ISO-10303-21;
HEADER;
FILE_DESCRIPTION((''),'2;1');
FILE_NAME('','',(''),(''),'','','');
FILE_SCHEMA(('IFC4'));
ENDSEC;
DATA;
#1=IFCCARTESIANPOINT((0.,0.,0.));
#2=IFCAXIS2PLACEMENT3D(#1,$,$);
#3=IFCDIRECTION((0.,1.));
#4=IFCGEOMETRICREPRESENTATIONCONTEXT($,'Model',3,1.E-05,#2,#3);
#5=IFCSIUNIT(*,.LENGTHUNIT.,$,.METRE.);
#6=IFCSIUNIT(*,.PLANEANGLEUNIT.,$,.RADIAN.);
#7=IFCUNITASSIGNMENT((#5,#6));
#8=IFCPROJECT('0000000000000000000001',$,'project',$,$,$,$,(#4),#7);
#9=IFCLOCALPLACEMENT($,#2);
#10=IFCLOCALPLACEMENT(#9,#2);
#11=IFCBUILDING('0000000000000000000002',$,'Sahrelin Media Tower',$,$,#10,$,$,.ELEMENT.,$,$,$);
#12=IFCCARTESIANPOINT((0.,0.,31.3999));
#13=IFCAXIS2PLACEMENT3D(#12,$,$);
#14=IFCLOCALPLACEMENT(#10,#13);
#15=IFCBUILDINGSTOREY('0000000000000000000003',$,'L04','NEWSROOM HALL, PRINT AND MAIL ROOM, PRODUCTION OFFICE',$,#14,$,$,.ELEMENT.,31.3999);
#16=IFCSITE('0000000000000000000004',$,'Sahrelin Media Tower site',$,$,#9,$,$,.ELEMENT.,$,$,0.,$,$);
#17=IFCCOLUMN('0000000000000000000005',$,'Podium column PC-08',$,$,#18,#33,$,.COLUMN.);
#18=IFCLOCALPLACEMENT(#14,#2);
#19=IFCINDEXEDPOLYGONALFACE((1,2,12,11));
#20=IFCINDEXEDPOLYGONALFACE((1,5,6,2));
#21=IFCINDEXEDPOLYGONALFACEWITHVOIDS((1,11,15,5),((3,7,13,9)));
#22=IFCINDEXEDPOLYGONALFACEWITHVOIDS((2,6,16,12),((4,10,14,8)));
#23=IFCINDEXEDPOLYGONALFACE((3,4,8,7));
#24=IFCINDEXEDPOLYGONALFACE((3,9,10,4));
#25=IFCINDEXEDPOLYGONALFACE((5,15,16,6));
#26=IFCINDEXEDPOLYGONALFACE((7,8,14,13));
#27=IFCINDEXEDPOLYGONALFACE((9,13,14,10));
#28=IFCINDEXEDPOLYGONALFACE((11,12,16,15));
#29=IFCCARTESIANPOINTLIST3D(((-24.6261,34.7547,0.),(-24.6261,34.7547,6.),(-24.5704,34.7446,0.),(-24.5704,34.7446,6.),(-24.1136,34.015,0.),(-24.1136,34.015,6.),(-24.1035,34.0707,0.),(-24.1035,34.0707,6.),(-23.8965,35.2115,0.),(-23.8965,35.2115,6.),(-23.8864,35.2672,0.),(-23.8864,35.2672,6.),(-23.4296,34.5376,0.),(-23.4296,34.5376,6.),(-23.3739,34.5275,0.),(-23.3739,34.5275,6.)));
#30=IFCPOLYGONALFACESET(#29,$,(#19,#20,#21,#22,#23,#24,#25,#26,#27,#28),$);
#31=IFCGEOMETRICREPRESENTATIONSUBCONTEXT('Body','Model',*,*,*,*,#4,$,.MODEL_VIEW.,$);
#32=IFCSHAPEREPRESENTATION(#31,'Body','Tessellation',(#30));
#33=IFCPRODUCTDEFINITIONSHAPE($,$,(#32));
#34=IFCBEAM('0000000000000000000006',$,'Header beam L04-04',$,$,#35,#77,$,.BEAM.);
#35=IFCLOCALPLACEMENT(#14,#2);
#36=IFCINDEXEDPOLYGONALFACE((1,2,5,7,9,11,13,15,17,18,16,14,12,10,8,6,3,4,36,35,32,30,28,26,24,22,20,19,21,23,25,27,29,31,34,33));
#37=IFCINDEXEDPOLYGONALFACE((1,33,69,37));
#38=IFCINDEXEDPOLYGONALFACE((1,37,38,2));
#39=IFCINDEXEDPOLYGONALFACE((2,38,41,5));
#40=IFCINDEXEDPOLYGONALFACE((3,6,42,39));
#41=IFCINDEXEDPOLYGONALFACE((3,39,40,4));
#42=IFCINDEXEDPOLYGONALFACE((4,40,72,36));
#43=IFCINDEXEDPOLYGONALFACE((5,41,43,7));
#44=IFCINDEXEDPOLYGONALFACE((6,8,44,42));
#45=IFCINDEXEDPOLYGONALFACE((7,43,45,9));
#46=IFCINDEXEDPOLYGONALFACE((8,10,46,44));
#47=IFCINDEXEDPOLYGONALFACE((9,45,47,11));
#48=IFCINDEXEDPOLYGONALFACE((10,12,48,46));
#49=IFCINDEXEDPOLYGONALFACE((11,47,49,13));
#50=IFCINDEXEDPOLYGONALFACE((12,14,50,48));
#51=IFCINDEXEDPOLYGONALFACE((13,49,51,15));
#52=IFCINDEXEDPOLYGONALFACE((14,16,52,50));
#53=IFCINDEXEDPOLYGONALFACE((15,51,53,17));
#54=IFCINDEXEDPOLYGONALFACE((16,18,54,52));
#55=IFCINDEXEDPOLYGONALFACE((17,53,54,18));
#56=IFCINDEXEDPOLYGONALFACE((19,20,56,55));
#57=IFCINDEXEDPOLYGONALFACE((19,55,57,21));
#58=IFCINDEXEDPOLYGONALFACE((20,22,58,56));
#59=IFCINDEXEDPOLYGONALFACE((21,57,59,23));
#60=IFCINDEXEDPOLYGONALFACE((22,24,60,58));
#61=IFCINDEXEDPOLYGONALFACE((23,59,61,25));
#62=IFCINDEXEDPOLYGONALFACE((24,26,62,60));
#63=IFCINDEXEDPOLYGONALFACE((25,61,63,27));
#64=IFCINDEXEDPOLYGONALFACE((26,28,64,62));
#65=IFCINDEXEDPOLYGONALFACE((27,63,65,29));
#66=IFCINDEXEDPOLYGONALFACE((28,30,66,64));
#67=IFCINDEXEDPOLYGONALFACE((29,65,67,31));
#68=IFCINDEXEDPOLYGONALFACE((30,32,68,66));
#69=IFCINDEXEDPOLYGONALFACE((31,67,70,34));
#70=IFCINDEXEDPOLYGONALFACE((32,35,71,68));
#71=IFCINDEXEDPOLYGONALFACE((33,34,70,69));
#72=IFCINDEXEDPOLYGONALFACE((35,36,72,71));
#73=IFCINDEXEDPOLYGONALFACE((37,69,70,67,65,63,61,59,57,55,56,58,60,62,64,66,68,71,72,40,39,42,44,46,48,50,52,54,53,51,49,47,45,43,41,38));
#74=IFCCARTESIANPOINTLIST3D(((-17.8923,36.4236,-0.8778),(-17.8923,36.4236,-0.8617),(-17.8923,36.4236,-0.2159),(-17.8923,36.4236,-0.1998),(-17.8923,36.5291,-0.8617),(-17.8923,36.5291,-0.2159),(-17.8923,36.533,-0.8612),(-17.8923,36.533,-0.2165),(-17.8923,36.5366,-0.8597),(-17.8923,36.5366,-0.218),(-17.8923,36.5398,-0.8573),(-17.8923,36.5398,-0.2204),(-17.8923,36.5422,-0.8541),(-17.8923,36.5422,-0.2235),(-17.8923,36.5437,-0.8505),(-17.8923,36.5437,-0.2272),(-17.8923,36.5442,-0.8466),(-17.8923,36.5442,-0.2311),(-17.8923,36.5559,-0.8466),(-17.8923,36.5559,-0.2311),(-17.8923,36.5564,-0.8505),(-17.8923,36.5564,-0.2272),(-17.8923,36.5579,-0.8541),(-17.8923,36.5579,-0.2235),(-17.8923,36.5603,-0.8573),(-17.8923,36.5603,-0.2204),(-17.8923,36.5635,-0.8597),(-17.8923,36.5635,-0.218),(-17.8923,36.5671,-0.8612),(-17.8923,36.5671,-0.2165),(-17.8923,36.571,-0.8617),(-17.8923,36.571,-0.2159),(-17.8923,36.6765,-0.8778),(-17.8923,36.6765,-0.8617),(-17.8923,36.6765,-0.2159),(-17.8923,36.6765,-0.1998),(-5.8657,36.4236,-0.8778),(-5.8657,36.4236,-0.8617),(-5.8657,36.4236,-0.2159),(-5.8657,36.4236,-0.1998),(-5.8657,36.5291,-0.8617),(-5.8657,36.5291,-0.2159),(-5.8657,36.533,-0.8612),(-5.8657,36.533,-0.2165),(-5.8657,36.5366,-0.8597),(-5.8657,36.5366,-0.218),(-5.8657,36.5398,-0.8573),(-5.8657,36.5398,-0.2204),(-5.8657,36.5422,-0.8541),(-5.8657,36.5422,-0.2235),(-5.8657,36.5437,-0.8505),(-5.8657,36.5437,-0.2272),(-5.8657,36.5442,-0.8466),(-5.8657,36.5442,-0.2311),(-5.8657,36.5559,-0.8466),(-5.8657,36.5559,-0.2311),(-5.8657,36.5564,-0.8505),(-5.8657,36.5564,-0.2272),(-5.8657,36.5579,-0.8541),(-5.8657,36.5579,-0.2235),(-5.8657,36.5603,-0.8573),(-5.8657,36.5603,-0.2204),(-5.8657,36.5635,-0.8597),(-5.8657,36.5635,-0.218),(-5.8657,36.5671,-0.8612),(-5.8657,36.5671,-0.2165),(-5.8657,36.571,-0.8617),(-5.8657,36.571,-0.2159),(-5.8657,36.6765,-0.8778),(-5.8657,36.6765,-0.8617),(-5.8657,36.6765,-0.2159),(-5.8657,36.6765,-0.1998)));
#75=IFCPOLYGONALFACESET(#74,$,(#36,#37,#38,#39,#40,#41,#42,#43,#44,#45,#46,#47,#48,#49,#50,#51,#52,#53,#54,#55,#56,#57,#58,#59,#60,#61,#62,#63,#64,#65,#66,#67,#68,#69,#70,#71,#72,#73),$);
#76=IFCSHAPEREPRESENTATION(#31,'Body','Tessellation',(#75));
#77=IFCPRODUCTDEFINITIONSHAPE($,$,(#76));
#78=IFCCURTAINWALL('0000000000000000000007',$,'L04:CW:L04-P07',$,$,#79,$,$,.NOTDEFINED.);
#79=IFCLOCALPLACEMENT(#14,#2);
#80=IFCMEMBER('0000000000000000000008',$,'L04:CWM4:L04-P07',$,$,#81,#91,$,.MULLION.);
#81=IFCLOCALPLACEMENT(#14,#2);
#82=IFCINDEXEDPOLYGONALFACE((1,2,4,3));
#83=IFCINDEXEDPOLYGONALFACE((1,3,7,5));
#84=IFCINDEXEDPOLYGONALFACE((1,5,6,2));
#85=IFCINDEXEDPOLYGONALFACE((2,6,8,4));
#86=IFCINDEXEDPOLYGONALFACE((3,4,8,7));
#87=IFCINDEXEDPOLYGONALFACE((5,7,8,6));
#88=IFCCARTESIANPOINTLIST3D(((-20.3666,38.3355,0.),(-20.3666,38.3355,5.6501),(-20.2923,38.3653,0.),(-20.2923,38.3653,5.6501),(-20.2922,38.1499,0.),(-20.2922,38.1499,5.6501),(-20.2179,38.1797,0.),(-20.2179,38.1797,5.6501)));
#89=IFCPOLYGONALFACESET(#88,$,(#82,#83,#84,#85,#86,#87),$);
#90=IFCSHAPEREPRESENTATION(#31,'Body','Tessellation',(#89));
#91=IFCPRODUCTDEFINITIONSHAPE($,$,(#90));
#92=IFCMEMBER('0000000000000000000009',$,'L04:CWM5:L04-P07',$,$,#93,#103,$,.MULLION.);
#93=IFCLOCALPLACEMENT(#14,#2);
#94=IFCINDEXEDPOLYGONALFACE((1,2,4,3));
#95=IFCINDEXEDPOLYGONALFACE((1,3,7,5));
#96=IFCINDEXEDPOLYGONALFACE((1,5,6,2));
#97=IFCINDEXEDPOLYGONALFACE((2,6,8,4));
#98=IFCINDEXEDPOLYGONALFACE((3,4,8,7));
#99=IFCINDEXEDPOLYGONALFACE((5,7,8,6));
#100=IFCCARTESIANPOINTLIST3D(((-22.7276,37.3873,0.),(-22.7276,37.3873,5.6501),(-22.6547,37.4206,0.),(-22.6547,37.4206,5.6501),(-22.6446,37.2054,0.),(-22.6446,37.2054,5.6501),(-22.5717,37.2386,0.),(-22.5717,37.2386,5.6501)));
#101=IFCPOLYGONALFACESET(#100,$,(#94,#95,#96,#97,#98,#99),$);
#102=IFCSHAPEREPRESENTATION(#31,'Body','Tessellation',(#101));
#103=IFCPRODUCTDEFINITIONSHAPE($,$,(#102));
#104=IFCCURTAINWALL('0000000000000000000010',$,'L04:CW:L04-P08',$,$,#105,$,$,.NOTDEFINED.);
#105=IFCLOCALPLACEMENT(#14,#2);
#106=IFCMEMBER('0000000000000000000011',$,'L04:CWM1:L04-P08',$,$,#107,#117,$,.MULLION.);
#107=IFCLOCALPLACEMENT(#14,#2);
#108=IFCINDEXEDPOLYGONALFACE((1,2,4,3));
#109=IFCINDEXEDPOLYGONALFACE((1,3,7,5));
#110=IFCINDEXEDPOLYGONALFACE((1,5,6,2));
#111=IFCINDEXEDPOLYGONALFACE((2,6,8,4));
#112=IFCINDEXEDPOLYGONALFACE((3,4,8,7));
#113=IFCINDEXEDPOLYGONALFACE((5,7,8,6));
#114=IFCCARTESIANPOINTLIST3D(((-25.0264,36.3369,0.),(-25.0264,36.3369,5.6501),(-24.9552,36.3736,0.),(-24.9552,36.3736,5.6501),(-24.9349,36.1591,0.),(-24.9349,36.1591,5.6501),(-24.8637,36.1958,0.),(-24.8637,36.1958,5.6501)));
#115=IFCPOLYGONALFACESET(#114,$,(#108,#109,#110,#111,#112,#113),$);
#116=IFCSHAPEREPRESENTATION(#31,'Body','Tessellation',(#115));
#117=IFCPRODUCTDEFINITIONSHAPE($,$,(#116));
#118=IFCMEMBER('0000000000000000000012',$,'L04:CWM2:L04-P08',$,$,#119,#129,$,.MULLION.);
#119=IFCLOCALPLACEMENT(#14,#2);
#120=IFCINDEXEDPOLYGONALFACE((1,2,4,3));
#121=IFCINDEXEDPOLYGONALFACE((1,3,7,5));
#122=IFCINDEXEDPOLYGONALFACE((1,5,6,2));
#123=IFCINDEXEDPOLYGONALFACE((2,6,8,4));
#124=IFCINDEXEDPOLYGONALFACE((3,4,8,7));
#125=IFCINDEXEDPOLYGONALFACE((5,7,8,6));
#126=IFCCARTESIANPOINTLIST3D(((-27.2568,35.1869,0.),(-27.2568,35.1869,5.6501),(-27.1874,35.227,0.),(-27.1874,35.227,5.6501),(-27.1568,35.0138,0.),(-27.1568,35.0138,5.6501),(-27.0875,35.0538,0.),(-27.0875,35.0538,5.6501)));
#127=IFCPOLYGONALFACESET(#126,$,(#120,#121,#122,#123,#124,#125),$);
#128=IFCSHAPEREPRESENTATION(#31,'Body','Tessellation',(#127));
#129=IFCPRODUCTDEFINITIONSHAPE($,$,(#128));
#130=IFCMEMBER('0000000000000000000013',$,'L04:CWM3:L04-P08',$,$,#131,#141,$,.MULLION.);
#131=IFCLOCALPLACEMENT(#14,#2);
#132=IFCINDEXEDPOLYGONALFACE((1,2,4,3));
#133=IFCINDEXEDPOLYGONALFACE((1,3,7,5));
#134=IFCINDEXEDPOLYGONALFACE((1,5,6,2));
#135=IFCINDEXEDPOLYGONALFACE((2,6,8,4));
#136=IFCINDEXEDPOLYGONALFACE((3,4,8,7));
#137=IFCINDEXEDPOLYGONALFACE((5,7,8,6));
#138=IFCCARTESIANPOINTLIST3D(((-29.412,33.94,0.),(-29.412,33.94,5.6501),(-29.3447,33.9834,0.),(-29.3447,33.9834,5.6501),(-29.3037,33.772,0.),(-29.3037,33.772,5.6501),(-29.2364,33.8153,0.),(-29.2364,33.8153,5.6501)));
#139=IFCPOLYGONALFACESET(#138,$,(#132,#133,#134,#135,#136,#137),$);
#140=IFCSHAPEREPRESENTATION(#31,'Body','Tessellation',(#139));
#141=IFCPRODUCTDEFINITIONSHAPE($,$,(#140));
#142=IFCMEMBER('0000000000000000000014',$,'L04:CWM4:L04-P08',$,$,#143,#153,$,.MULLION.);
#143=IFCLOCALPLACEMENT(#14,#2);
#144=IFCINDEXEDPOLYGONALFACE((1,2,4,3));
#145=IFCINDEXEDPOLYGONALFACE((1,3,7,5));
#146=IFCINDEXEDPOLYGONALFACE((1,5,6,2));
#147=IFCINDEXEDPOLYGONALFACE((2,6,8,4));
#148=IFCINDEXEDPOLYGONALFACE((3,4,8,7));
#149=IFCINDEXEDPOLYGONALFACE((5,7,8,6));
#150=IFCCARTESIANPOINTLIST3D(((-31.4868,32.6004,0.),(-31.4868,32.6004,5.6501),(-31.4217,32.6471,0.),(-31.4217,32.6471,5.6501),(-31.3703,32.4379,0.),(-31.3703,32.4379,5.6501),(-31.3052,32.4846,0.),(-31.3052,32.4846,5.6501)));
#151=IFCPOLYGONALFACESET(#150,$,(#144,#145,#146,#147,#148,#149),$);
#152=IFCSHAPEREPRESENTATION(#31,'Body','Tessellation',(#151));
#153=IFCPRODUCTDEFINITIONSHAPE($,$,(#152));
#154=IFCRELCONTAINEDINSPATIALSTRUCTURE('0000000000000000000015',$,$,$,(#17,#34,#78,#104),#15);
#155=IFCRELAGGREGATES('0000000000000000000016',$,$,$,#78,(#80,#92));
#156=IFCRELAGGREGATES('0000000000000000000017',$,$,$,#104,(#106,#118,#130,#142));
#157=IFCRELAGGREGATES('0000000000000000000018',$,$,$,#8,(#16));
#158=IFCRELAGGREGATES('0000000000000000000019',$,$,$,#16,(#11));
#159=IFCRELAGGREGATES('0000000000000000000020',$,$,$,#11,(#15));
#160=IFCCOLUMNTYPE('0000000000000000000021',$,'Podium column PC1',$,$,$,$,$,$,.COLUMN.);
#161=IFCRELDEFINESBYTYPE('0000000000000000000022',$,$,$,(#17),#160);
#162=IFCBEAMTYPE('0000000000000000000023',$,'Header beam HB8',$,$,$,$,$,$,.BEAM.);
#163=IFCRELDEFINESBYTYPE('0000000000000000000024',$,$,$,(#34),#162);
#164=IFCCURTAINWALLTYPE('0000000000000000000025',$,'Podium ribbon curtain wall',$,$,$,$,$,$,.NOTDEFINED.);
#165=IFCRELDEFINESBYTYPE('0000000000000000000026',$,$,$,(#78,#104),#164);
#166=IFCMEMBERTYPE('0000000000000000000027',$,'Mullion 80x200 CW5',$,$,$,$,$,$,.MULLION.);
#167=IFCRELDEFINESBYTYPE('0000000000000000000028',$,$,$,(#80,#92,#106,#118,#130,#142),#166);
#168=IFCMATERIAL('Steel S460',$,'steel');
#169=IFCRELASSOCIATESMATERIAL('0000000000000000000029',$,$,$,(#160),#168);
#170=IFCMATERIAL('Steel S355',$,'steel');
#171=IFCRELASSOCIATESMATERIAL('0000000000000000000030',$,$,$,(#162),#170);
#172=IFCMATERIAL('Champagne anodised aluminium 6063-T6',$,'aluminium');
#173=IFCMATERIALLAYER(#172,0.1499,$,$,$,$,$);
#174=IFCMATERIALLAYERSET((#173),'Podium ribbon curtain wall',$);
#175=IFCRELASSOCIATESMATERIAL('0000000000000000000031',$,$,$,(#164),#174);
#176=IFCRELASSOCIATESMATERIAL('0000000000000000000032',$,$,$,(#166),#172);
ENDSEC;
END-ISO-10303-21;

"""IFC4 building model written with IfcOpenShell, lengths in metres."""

from ifc_helpers import new_model, si_unit, direction, frame, origin, origin_2d, place, context, subcontext, project, spatial, rectangle, hollow_rectangle, i_section, extrude, material, layer, layer_set, material_profile, profile_set, type_object, element, aggregate, save


model = new_model("IFC4")

# Units and contexts
model_context = context("Model", 3, precision=1e-05, world=origin(), true_north=direction((0.0, 1.0)))
body_context = subcontext(model_context, "Body", "Model", "MODEL_VIEW")
ifc_project = project(units=[si_unit("LENGTHUNIT", "METRE"), si_unit("PLANEANGLEUNIT", "RADIAN")], contexts=[model_context])

# Site, building, storey
site_placement = place(None, origin())
site = spatial("IfcSite", under=ifc_project, at=site_placement, Name="Sahrelin Media Tower site", CompositionType="ELEMENT", RefElevation=0.0)
building_placement = place(site_placement, origin())
building = spatial("IfcBuilding", under=site, at=building_placement, Name="Sahrelin Media Tower", CompositionType="ELEMENT")
storey_placement = place(building_placement, frame((0.0, 0.0, 31.3999)))
storey = spatial("IfcBuildingStorey", under=building, at=storey_placement, Name="L04", Description="NEWSROOM HALL, PRINT AND MAIL ROOM, PRODUCTION OFFICE", CompositionType="ELEMENT", Elevation=31.3999)

# Column
ifc_material_1 = material(Name="Steel S460", Category="steel")
ifc_material_profile_1 = material_profile(ifc_material_1, hollow_rectangle(XDim=0.8999, YDim=0.8999, WallThickness=0.04, at=origin_2d()), Name="Podium column PC1")
ifc_profile_set_1 = profile_set([ifc_material_profile_1], Name="Steel S460")
column_type = type_object("IfcColumnType", Name="Podium column PC1", PredefinedType="COLUMN", material=ifc_profile_set_1)
column_placement = place(storey_placement, frame((-24.0, 34.6411, 0.0), z_axis=(0.0, 0.0, 1.0), x_axis=(-0.569495, 0.821995, 0.0)))
element("IfcColumn", 1, at=column_placement, inside=storey, type_object=column_type, Name="Podium column PC-08", PredefinedType="COLUMN", context=body_context, shape_type="SweptSolid", body=[
    extrude(hollow_rectangle(XDim=0.8999, YDim=0.8999, WallThickness=0.04, at=origin_2d()), origin(), (0.0, 0.0, 1.0), 6.0),
])

# Beam
ifc_material_2 = material(Name="Steel S355", Category="steel")
ifc_material_profile_2 = material_profile(ifc_material_2, i_section(OverallWidth=0.2529, OverallDepth=0.678, WebThickness=0.0117, FlangeThickness=0.0161, FilletRadius=0.0151, at=origin_2d()), Name="UB 686x254x125")
ifc_profile_set_2 = profile_set([ifc_material_profile_2], Name="Steel S355")
beam_type_1 = type_object("IfcBeamType", Name="Header beam HB8", PredefinedType="BEAM", material=ifc_profile_set_2)
beam_1_placement = place(storey_placement, frame((-17.8923, 36.55, -0.5388), z_axis=(1.0, 0.0, 0.0), x_axis=(0.0, 1.0, 0.0)))
element("IfcBeam", 2, at=beam_1_placement, inside=storey, type_object=beam_type_1, Name="Header beam L04-04", PredefinedType="BEAM", context=body_context, shape_type="SweptSolid", body=[
    extrude(i_section(OverallWidth=0.2529, OverallDepth=0.678, WebThickness=0.0117, FlangeThickness=0.0161, FilletRadius=0.0151, at=origin_2d()), origin(), (0.0, 0.0, 1.0), 12.0266),
])

# Curtain walls, members
ifc_material_3 = material(Name="Champagne anodised aluminium 6063-T6", Category="aluminium")
ifc_layer_1 = layer(ifc_material_3, 0.1499)
ifc_layer_set_1 = layer_set([ifc_layer_1], Name="Podium ribbon curtain wall")
curtain_wall_type = type_object("IfcCurtainWallType", Name="Podium ribbon curtain wall", PredefinedType="NOTDEFINED", material=ifc_layer_set_1)
curtain_wall_1_placement = place(storey_placement, frame((-12.9409, 40.5688, 0.0), z_axis=(0.0, 0.0, 1.0), x_axis=(1.0, 0.0, 0.0)))
curtain_wall_1 = element("IfcCurtainWall", 3, at=curtain_wall_1_placement, inside=storey, type_object=curtain_wall_type, Name="L04:CW:L04-P07", PredefinedType="NOTDEFINED")
ifc_material_profile_3 = material_profile(ifc_material_3, rectangle(XDim=0.0801, YDim=0.2, at=origin_2d()), Name="Mullion 80x200")
ifc_profile_set_3 = profile_set([ifc_material_profile_3], Name="Champagne anodised aluminium 6063-T6")
member_type_1 = type_object("IfcMemberType", Name="Mullion 80x200 CW5", PredefinedType="MULLION", material=ifc_profile_set_3)
member_1_placement = place(storey_placement, frame((-20.2922, 38.2576, 0.0), z_axis=(0.0, 0.0, 1.0), x_axis=(-0.92827, -0.371906, 0.0)))
member_1 = element("IfcMember", 4, at=member_1_placement, type_object=member_type_1, Name="L04:CWM4:L04-P07", PredefinedType="MULLION", context=body_context, shape_type="SweptSolid", body=[
    extrude(rectangle(XDim=0.0801, YDim=0.2, at=origin_2d()), origin(), (0.0, 0.0, 1.0), 5.6501),
])
member_2_placement = place(storey_placement, frame((-22.6497, 37.313, 0.0), z_axis=(0.0, 0.0, 1.0), x_axis=(-0.909842, -0.414955, 0.0)))
member_2 = element("IfcMember", 5, at=member_2_placement, type_object=member_type_1, Name="L04:CWM5:L04-P07", PredefinedType="MULLION", context=body_context, shape_type="SweptSolid", body=[
    extrude(rectangle(XDim=0.0801, YDim=0.2, at=origin_2d()), origin(), (0.0, 0.0, 1.0), 5.6501),
])
curtain_wall_2_placement = place(storey_placement, frame((-25.0, 36.373, 0.0), z_axis=(0.0, 0.0, 1.0), x_axis=(1.0, 0.0, 0.0)))
curtain_wall_2 = element("IfcCurtainWall", 6, at=curtain_wall_2_placement, inside=storey, type_object=curtain_wall_type, Name="L04:CW:L04-P08", PredefinedType="NOTDEFINED")
member_3_placement = place(storey_placement, frame((-24.9451, 36.2664, 0.0), z_axis=(0.0, 0.0, 1.0), x_axis=(-0.889123, -0.457668, 0.0)))
member_3 = element("IfcMember", 7, at=member_3_placement, type_object=member_type_1, Name="L04:CWM1:L04-P08", PredefinedType="MULLION", context=body_context, shape_type="SweptSolid", body=[
    extrude(rectangle(XDim=0.0801, YDim=0.2, at=origin_2d()), origin(), (0.0, 0.0, 1.0), 5.6501),
])
member_4_placement = place(storey_placement, frame((-27.1721, 35.1204, 0.0), z_axis=(0.0, 0.0, 1.0), x_axis=(-0.866029, -0.499994, 0.0)))
member_4 = element("IfcMember", 8, at=member_4_placement, type_object=member_type_1, Name="L04:CWM2:L04-P08", PredefinedType="MULLION", context=body_context, shape_type="SweptSolid", body=[
    extrude(rectangle(XDim=0.0801, YDim=0.2, at=origin_2d()), origin(), (0.0, 0.0, 1.0), 5.6501),
])
member_5_placement = place(storey_placement, frame((-29.3242, 33.8777, 0.0), z_axis=(0.0, 0.0, 1.0), x_axis=(-0.840519, -0.541782, 0.0)))
member_5 = element("IfcMember", 9, at=member_5_placement, type_object=member_type_1, Name="L04:CWM3:L04-P08", PredefinedType="MULLION", context=body_context, shape_type="SweptSolid", body=[
    extrude(rectangle(XDim=0.0801, YDim=0.2, at=origin_2d()), origin(), (0.0, 0.0, 1.0), 5.6501),
])
member_6_placement = place(storey_placement, frame((-31.396, 32.5425, 0.0), z_axis=(0.0, 0.0, 1.0), x_axis=(-0.812532, -0.582916, 0.0)))
member_6 = element("IfcMember", 10, at=member_6_placement, type_object=member_type_1, Name="L04:CWM4:L04-P08", PredefinedType="MULLION", context=body_context, shape_type="SweptSolid", body=[
    extrude(rectangle(XDim=0.0801, YDim=0.2, at=origin_2d()), origin(), (0.0, 0.0, 1.0), 5.6501),
])

aggregate(curtain_wall_1, [member_1, member_2])
aggregate(curtain_wall_2, [member_3, member_4, member_5, member_6])

save(model, "model.ifc")
